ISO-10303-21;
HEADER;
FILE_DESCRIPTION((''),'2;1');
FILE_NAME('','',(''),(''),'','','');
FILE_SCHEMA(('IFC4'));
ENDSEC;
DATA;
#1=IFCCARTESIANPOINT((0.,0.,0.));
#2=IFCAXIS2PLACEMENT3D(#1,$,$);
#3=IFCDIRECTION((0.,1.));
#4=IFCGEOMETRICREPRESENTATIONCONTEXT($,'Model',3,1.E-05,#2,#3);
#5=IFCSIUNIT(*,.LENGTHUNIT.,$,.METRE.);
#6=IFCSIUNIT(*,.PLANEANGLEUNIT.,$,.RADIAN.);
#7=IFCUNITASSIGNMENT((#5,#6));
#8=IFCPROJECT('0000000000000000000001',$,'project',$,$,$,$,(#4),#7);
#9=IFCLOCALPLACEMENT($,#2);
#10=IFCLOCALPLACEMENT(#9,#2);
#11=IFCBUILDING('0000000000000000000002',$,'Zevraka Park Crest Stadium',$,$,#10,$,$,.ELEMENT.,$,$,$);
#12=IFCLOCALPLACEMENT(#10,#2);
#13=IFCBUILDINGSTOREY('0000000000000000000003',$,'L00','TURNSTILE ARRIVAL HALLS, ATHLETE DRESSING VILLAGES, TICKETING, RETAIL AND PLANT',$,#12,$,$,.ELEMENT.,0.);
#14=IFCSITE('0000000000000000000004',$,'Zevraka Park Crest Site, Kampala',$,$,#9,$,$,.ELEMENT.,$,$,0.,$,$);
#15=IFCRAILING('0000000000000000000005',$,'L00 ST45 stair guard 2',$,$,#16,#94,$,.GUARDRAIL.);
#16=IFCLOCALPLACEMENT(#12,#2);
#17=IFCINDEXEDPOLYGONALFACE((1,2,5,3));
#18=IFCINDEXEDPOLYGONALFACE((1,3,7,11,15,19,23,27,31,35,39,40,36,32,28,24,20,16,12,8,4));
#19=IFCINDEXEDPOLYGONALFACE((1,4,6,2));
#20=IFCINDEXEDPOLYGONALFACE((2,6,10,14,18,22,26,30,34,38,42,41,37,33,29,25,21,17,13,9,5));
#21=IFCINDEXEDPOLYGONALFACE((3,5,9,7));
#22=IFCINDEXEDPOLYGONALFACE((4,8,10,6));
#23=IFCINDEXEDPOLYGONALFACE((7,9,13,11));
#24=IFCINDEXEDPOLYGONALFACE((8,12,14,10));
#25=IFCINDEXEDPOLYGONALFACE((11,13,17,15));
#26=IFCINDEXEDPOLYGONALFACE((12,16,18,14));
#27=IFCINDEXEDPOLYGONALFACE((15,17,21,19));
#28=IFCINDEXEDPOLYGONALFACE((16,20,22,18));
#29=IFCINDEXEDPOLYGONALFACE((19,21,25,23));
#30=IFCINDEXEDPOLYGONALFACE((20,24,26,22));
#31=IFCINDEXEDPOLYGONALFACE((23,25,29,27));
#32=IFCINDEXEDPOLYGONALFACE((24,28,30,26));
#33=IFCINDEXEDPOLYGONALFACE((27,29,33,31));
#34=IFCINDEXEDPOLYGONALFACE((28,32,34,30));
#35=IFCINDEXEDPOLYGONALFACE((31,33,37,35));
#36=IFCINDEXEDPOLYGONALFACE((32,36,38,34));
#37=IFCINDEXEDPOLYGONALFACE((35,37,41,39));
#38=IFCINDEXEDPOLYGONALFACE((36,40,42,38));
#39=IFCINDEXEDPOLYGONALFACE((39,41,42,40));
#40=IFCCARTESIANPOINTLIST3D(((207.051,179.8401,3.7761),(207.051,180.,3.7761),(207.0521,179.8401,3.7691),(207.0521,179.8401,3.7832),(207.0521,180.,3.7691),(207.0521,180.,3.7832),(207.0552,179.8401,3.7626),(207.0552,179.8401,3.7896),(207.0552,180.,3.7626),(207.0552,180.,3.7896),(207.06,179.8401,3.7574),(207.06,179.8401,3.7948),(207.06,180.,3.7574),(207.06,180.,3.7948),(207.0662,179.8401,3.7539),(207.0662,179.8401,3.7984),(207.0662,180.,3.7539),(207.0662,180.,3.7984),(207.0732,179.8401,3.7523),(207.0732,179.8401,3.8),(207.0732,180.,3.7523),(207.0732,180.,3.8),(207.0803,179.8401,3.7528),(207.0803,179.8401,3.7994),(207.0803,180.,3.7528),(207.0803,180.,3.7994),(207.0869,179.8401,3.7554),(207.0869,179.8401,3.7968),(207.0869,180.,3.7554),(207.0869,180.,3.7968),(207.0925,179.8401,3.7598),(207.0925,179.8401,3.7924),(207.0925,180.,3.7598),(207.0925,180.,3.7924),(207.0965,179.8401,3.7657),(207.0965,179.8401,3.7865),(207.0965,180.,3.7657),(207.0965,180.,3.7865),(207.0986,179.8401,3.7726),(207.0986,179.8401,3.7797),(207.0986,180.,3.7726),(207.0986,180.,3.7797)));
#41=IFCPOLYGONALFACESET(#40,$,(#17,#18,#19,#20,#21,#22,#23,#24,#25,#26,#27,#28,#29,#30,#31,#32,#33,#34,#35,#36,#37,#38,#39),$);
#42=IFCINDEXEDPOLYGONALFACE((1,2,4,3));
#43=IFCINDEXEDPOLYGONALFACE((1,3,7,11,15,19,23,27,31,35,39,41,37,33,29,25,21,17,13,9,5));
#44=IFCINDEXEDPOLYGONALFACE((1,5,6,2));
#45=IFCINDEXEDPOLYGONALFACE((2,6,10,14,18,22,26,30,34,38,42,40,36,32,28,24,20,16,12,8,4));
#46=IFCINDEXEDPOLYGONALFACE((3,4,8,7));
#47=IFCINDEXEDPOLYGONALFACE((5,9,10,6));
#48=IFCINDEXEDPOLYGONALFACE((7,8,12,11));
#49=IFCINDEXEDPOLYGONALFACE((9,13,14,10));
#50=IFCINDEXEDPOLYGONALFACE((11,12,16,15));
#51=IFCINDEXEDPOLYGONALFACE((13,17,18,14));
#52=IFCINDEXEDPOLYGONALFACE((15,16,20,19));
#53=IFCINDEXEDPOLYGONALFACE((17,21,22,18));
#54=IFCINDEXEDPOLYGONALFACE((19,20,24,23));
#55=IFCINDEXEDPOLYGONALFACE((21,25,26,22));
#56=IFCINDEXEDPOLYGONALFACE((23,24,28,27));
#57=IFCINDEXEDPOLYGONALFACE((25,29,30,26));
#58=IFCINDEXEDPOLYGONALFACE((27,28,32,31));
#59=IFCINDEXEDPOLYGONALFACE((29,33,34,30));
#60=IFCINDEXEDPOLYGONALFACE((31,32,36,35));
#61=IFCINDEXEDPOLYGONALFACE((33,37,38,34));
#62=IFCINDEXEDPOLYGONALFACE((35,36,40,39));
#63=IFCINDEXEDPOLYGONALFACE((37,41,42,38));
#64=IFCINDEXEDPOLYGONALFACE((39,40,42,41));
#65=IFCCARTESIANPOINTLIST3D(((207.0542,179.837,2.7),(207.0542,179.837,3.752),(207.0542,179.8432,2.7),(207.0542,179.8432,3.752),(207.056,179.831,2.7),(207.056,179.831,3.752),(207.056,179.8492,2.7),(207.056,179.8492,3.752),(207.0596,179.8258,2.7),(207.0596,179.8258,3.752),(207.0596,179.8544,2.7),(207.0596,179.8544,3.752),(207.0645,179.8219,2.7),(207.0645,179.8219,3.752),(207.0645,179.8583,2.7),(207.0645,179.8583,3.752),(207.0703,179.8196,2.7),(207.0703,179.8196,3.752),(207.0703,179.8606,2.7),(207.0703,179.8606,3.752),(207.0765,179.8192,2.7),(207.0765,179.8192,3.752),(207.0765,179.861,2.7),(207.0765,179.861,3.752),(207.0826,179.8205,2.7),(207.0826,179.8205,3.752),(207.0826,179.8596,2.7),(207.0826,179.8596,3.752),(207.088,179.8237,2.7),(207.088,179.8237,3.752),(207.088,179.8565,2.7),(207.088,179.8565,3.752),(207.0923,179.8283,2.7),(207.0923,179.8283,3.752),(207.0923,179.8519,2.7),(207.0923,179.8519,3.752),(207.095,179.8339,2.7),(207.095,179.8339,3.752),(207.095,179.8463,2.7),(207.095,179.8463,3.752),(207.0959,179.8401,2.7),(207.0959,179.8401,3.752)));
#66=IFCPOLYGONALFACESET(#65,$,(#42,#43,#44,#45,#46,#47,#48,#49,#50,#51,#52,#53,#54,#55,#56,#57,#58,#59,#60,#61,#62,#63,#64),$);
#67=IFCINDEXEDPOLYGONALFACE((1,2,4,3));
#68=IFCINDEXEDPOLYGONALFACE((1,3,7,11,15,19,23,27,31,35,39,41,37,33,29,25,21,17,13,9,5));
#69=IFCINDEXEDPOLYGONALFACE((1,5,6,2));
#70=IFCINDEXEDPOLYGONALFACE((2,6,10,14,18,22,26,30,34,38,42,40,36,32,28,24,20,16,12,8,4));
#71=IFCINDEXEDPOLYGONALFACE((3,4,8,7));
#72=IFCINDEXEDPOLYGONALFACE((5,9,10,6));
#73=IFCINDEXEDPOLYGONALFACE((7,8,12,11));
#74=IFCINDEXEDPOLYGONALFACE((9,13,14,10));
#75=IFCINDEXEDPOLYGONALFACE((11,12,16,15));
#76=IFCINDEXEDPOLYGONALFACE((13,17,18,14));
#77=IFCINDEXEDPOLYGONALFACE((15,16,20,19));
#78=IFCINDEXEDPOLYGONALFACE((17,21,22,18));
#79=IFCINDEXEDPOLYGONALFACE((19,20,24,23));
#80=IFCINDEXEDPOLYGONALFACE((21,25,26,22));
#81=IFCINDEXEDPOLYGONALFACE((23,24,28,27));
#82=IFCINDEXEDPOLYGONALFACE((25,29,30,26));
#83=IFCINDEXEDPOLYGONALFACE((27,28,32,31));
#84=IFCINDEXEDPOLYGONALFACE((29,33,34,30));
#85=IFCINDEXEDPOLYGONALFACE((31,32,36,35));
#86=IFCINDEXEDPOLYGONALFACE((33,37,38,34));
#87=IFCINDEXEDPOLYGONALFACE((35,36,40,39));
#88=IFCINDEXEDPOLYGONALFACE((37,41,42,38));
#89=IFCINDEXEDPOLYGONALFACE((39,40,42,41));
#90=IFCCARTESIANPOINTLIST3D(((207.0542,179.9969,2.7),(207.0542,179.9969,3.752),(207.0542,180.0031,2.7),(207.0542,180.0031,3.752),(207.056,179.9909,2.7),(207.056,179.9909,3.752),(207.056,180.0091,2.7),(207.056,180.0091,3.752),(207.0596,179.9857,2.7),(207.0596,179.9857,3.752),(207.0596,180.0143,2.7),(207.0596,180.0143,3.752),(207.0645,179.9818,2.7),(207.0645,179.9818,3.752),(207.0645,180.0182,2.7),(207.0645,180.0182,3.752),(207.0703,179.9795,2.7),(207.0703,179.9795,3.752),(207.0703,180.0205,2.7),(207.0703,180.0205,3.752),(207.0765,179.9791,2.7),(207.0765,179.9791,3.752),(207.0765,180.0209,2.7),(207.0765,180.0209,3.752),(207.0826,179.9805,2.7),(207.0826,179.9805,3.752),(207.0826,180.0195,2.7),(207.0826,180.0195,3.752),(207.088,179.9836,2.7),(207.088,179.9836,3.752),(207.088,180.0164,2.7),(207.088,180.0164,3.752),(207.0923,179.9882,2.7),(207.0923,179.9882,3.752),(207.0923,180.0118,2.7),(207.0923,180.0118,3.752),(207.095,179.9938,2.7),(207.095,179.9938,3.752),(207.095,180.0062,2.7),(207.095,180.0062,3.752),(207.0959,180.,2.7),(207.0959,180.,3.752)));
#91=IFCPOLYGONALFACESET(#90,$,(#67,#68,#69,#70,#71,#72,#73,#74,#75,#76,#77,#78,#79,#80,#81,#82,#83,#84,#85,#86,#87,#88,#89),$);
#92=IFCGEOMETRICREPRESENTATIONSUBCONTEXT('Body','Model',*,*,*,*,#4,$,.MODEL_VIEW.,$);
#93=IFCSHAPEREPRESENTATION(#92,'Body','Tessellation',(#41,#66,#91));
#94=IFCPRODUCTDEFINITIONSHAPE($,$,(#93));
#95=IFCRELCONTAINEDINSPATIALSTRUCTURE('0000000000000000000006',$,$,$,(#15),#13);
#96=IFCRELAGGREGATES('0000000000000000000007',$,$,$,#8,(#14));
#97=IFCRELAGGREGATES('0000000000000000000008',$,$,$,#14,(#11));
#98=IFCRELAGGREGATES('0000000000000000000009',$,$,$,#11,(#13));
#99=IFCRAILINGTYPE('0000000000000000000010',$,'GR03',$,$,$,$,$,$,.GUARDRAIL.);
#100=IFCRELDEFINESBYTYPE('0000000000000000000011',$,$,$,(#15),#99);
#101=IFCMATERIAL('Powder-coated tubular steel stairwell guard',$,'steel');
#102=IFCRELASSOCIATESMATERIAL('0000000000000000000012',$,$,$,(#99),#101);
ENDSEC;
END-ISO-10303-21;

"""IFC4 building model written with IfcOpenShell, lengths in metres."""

from ifc_helpers import new_model, si_unit, direction, frame, origin, origin_2d, place, context, subcontext, project, spatial, circle, extrude, material, type_object, element, save


model = new_model("IFC4")

# Units and contexts
model_context = context("Model", 3, precision=1e-05, world=origin(), true_north=direction((0.0, 1.0)))
body_context = subcontext(model_context, "Body", "Model", "MODEL_VIEW")
ifc_project = project(units=[si_unit("LENGTHUNIT", "METRE"), si_unit("PLANEANGLEUNIT", "RADIAN")], contexts=[model_context])

# Site, building, storey
site_placement = place(None, origin())
site = spatial("IfcSite", under=ifc_project, at=site_placement, Name="Zevraka Park Crest Site, Kampala", CompositionType="ELEMENT", RefElevation=0.0)
building_placement = place(site_placement, origin())
building = spatial("IfcBuilding", under=site, at=building_placement, Name="Zevraka Park Crest Stadium", CompositionType="ELEMENT")
storey_placement = place(building_placement, origin())
storey = spatial("IfcBuildingStorey", under=building, at=storey_placement, Name="L00", Description="TURNSTILE ARRIVAL HALLS, ATHLETE DRESSING VILLAGES, TICKETING, RETAIL AND PLANT", CompositionType="ELEMENT", Elevation=0.0)

# Railing
ifc_material_1 = material(Name="Powder-coated tubular steel stairwell guard", Category="steel")
railing_type_1 = type_object("IfcRailingType", Name="GR03", PredefinedType="GUARDRAIL", material=ifc_material_1)
railing_1_placement = place(storey_placement, frame((207.075, 179.8401, 2.7)))
element("IfcRailing", 1, at=railing_1_placement, inside=storey, type_object=railing_type_1, Name="L00 ST45 stair guard 2", PredefinedType="GUARDRAIL", context=body_context, shape_type="SweptSolid", body=[
    extrude(circle(Radius=0.0239, at=origin_2d()), frame((0.0, 0.0, 1.0762), z_axis=(0.0, 1.0, 0.0), x_axis=(-1.0, 0.0, 0.0)), (0.0, 0.0, 1.0), 0.1599),
    extrude(circle(Radius=0.021, at=origin_2d()), origin(), (0.0, 0.0, 1.0), 1.052),
    extrude(circle(Radius=0.021, at=origin_2d()), frame((0.0, 0.1599, 0.0)), (0.0, 0.0, 1.0), 1.052),
])

save(model, "model.ifc")
